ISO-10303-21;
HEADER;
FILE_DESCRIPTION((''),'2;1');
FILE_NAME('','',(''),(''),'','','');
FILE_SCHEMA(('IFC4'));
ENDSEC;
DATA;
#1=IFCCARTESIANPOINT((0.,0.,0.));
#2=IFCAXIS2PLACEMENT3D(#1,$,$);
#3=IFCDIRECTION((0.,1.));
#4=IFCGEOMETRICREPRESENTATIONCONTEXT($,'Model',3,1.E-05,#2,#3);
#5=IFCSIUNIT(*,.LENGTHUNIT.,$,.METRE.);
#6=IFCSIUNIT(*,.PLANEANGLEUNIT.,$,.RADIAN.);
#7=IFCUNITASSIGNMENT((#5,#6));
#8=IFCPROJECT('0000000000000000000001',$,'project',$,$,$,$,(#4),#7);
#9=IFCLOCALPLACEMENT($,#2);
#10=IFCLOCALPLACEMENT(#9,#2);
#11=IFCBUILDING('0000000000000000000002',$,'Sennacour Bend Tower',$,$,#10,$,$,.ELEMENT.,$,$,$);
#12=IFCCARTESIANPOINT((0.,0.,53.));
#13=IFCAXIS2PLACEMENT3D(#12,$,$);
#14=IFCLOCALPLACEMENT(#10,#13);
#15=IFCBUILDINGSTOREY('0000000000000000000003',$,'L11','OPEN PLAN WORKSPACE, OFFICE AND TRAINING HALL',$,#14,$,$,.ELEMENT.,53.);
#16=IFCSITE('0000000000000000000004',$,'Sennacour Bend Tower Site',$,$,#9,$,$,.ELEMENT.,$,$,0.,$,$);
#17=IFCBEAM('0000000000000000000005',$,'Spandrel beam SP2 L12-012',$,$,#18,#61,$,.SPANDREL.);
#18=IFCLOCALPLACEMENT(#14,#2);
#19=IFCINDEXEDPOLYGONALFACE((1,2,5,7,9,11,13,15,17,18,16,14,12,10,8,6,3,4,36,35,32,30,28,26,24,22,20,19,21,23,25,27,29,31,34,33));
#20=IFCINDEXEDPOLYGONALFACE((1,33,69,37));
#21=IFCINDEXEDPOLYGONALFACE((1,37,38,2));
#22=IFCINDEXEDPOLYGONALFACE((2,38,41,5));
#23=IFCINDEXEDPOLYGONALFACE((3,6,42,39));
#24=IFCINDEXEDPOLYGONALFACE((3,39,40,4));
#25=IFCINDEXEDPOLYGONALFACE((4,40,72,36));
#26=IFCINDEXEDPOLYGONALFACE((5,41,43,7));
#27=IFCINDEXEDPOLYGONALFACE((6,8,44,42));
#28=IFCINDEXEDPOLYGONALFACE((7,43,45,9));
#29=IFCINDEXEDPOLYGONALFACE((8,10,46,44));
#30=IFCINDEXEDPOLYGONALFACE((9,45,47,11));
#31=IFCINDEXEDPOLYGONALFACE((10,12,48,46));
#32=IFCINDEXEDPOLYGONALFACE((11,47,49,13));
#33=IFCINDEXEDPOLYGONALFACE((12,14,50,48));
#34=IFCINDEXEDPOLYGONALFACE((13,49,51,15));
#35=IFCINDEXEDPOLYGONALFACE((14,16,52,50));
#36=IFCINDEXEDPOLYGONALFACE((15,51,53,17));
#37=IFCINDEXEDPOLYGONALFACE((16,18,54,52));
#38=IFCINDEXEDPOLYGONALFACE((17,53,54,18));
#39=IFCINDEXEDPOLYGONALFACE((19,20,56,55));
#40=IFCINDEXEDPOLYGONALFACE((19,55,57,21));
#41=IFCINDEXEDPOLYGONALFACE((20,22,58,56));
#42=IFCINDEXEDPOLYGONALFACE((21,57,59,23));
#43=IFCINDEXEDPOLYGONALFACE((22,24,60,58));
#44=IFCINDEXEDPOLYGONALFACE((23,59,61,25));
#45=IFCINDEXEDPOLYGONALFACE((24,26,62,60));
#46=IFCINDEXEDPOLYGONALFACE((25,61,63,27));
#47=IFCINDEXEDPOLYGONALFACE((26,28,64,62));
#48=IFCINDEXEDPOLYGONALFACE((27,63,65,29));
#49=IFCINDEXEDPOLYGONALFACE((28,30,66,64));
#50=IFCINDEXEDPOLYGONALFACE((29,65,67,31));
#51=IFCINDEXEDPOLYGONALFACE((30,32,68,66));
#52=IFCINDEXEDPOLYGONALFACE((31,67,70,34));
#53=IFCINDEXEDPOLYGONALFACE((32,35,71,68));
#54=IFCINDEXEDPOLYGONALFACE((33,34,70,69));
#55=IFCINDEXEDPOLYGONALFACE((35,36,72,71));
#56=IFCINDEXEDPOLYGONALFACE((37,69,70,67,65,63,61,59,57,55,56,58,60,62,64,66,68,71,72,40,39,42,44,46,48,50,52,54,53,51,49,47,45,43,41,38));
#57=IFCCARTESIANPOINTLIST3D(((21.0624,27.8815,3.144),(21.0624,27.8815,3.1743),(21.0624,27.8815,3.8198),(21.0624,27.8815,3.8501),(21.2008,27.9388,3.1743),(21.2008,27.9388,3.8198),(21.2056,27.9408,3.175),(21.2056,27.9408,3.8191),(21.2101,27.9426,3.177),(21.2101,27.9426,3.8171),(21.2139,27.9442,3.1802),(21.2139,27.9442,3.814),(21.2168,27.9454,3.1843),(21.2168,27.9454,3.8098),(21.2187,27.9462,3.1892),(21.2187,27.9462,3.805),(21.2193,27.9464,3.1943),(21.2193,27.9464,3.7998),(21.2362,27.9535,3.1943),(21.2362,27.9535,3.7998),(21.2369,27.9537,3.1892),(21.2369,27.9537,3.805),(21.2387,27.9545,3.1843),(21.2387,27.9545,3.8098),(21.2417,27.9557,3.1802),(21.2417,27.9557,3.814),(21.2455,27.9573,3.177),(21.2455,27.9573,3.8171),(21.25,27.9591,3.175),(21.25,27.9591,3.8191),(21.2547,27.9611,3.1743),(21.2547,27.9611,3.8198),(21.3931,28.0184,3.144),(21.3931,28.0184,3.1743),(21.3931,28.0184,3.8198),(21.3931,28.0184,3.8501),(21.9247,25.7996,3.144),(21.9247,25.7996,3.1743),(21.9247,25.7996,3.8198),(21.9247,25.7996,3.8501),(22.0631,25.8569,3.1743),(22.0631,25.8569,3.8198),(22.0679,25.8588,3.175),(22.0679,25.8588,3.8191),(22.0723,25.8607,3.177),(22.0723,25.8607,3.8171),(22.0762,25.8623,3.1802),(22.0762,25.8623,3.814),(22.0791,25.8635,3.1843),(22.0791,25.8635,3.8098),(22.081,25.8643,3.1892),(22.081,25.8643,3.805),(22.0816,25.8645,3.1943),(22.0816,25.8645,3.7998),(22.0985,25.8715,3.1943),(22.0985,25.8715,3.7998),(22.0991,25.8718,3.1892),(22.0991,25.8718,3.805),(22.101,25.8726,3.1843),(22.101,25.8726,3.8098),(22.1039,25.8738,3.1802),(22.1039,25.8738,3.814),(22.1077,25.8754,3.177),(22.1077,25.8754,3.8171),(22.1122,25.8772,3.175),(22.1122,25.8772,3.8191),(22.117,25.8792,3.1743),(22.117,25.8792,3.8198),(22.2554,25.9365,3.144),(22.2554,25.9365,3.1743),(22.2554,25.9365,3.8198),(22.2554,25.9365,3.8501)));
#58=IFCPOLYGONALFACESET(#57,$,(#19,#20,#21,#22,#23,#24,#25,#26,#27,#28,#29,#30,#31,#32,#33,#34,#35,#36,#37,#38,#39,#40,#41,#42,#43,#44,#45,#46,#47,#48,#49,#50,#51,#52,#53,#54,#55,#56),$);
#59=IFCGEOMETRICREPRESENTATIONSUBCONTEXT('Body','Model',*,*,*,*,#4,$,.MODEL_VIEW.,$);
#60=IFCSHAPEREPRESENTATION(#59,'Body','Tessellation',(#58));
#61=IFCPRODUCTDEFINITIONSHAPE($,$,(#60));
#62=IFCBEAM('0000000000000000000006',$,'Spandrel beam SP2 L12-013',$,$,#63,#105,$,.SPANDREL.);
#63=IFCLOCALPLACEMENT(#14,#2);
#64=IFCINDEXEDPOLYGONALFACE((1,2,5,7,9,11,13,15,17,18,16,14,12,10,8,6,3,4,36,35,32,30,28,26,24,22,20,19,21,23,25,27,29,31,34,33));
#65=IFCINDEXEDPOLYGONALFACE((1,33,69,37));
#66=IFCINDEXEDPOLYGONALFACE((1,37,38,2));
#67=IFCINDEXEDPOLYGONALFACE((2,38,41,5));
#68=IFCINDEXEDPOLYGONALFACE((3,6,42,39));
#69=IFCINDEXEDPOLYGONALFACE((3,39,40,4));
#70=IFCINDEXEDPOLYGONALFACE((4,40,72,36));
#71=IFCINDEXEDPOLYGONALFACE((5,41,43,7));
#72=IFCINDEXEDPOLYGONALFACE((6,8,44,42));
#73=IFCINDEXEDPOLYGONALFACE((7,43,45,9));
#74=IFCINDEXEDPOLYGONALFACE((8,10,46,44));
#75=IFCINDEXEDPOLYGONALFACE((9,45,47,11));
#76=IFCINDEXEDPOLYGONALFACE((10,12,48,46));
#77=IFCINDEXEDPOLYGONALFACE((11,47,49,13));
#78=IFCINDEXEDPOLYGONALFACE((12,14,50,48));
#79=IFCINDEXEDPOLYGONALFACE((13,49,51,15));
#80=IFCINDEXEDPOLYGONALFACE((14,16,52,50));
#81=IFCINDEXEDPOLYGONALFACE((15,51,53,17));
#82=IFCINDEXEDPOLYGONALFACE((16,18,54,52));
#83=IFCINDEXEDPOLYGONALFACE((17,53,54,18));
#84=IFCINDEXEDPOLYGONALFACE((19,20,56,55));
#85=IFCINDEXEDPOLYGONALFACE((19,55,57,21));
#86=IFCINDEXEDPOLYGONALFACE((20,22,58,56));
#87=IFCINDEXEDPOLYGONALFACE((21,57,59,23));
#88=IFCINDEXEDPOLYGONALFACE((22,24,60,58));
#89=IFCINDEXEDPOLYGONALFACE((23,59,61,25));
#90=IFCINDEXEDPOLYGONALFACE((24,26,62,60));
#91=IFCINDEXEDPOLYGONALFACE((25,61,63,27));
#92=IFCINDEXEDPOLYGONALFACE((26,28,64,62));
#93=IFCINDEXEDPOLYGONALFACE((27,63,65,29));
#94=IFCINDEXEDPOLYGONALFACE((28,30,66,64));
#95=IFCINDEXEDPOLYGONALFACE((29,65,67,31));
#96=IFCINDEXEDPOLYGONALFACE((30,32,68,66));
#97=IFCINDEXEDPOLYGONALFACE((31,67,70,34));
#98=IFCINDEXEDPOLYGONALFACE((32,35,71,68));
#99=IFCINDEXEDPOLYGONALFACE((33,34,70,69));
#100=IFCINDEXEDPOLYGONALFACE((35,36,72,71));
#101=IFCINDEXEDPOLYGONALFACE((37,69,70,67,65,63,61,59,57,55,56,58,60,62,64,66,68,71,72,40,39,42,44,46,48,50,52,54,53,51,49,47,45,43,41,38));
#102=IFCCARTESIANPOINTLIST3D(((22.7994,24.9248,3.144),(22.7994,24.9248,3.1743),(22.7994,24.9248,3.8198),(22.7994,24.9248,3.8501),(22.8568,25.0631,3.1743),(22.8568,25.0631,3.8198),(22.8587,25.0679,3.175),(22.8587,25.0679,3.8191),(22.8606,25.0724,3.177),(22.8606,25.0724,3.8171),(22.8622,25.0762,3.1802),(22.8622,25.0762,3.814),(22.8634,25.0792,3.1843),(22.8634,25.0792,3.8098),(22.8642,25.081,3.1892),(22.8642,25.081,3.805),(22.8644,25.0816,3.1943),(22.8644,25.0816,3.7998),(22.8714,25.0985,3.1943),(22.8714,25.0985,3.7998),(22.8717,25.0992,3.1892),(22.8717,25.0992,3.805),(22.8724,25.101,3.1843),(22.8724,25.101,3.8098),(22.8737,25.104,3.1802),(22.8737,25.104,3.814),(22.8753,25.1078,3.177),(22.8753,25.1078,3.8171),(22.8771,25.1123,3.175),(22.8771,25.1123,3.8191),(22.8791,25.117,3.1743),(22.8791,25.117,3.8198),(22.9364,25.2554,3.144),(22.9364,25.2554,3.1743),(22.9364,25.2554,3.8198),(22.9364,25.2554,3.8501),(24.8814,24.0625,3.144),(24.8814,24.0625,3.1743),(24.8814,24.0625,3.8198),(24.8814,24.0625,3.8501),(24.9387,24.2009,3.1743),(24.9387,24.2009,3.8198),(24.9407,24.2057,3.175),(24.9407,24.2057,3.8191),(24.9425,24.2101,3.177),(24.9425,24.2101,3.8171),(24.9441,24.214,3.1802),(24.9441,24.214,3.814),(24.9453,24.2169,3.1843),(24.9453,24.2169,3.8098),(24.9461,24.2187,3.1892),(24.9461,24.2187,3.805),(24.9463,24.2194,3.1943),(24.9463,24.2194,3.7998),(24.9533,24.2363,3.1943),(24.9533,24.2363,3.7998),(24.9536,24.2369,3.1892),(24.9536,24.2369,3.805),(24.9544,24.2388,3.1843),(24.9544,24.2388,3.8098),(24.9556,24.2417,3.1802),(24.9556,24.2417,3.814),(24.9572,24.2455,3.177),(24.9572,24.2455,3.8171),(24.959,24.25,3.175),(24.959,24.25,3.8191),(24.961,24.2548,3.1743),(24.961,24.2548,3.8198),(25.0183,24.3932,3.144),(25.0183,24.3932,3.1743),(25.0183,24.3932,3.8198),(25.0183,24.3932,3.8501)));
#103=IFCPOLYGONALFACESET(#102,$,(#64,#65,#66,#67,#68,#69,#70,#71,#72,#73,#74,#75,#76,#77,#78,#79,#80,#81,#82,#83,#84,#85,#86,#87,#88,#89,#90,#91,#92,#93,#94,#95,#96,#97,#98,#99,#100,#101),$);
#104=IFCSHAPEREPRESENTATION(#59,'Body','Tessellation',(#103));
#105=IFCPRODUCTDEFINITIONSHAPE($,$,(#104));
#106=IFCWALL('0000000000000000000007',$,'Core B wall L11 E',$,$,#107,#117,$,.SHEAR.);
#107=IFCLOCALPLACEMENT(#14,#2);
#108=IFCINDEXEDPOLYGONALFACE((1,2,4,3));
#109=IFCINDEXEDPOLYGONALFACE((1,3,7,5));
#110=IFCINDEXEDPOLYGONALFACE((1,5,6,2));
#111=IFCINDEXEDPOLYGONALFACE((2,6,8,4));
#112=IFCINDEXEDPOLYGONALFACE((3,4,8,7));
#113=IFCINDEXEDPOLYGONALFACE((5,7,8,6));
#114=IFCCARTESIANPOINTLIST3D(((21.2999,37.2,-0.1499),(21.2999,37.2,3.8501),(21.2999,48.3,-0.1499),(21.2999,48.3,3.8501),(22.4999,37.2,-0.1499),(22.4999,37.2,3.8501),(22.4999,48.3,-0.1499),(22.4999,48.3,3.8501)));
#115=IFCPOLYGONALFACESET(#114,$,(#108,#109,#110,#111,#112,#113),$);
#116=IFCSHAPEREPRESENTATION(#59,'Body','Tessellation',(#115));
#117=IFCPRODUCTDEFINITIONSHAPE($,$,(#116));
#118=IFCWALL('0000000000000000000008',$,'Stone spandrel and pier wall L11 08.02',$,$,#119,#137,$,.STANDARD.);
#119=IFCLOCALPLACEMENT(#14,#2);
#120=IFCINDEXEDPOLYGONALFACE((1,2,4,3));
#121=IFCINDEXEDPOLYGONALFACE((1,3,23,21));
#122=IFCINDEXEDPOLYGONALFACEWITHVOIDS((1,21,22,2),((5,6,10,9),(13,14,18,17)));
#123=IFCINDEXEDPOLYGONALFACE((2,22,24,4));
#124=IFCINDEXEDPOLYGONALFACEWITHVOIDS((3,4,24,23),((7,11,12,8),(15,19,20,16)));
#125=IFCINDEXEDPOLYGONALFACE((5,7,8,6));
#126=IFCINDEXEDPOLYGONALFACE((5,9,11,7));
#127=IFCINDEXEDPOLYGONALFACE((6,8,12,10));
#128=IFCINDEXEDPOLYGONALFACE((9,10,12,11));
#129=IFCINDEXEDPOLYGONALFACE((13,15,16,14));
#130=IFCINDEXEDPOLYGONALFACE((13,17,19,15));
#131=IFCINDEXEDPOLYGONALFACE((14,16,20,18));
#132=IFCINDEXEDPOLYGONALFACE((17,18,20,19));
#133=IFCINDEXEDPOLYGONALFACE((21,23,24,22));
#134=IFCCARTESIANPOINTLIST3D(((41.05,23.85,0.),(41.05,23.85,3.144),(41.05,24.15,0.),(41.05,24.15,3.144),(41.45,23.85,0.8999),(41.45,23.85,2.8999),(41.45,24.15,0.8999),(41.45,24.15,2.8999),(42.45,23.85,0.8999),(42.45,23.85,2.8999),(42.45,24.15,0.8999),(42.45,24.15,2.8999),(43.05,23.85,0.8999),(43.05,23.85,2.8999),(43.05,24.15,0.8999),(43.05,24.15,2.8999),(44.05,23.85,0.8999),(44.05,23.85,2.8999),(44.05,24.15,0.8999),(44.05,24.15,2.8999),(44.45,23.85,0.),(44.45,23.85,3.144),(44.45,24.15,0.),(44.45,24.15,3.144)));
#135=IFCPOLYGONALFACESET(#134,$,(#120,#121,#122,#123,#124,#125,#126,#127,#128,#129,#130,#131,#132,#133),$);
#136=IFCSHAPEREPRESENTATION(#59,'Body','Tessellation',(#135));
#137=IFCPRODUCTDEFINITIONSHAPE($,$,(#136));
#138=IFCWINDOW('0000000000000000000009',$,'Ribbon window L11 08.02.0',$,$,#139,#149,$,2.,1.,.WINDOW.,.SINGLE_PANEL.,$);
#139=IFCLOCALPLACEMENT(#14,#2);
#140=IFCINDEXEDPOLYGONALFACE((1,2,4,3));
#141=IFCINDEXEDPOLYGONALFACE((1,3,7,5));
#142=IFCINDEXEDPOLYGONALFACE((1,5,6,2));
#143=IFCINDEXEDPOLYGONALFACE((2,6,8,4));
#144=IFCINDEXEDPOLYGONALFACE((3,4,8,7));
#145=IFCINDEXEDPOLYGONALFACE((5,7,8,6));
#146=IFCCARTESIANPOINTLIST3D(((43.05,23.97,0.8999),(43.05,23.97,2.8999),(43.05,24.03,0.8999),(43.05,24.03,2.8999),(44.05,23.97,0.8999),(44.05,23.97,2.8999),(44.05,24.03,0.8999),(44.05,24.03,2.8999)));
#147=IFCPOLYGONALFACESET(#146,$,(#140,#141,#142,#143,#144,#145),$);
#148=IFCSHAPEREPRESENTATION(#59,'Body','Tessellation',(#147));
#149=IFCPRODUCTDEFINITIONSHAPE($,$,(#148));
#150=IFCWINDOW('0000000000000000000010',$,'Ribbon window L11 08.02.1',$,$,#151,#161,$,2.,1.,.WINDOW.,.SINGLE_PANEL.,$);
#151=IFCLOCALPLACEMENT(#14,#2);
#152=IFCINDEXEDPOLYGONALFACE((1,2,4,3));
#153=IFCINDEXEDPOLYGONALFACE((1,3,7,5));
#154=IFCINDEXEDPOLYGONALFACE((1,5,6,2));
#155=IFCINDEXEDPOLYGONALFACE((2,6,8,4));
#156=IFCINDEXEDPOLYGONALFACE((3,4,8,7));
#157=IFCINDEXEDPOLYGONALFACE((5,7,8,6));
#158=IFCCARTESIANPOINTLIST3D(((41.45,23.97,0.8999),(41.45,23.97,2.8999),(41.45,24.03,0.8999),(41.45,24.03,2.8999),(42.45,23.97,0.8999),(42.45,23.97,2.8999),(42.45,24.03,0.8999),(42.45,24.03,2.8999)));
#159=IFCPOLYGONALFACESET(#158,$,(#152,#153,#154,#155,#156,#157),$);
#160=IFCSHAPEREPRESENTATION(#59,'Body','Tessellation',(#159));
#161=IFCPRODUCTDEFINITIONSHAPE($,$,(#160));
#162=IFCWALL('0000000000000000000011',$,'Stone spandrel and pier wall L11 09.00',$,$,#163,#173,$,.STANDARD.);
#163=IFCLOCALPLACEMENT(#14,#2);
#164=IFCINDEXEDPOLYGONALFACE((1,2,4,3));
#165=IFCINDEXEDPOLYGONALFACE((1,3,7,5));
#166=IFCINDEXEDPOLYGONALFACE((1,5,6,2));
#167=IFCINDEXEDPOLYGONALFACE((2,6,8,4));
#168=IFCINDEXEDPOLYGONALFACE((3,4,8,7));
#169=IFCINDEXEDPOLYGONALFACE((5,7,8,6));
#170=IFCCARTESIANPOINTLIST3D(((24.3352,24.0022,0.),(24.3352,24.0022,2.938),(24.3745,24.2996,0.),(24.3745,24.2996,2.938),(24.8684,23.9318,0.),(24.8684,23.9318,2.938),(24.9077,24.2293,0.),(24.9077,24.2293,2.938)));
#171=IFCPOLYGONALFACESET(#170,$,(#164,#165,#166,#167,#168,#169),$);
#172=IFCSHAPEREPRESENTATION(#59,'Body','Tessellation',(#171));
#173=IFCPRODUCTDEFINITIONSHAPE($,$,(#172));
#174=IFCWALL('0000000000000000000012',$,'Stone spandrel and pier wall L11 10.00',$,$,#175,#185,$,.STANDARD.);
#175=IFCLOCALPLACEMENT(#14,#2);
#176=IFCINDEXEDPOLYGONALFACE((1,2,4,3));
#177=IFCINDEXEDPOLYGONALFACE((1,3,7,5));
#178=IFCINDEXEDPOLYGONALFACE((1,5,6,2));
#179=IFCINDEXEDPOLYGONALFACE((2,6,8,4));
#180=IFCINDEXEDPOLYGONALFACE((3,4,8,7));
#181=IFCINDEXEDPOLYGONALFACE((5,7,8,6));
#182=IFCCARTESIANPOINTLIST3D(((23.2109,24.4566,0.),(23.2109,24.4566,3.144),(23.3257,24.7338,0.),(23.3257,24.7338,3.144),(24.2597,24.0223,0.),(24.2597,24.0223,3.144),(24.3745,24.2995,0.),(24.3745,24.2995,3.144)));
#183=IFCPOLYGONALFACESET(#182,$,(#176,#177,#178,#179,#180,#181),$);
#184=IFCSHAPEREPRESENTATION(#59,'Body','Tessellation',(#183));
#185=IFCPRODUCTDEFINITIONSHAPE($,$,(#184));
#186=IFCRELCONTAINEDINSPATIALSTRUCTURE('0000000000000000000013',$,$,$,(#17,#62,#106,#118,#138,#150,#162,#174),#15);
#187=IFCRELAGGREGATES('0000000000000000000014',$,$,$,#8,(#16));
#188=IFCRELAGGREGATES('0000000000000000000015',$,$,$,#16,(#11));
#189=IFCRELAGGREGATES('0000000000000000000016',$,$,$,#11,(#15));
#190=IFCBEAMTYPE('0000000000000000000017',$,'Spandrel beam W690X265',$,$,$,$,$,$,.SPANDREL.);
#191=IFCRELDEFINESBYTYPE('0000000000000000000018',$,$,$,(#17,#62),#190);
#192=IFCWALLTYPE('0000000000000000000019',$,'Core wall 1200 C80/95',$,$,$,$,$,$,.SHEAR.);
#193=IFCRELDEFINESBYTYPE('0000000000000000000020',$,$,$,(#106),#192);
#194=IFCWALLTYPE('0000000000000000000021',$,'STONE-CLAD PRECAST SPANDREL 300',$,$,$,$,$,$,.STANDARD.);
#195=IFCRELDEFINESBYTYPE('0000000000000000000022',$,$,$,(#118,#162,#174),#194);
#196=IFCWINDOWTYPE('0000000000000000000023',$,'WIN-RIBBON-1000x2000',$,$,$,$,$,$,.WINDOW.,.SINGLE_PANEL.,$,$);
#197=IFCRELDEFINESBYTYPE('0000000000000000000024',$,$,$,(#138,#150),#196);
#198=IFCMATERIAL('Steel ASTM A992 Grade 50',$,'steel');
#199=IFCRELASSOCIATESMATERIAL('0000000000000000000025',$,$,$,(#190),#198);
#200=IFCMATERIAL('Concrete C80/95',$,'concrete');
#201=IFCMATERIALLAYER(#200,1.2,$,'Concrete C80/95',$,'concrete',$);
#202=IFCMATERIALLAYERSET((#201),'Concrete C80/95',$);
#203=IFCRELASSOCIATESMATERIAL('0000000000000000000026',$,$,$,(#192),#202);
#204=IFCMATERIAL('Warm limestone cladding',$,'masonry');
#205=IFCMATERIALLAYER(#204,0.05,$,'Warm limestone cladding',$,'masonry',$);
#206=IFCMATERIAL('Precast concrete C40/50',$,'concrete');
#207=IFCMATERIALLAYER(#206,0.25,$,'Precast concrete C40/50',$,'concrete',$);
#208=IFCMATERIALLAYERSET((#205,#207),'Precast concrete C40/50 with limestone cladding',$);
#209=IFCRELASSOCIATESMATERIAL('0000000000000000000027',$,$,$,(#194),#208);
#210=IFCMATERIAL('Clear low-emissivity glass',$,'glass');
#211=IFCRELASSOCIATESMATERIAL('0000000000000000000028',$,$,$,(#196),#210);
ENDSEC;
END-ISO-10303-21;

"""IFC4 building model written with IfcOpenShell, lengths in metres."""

from ifc_helpers import new_model, si_unit, direction, frame, frame_2d, origin, origin_2d, place, context, subcontext, project, spatial, rectangle, i_section, extrude, material, layer, layer_set, material_profile, profile_set, type_object, element, fill, save


model = new_model("IFC4")

# Units and contexts
model_context = context("Model", 3, precision=1e-05, world=origin(), true_north=direction((0.0, 1.0)))
body_context = subcontext(model_context, "Body", "Model", "MODEL_VIEW")
ifc_project = project(units=[si_unit("LENGTHUNIT", "METRE"), si_unit("PLANEANGLEUNIT", "RADIAN")], contexts=[model_context])

# Site, building, storey
site_placement = place(None, origin())
site = spatial("IfcSite", under=ifc_project, at=site_placement, Name="Sennacour Bend Tower Site", CompositionType="ELEMENT", RefElevation=0.0)
building_placement = place(site_placement, origin())
building = spatial("IfcBuilding", under=site, at=building_placement, Name="Sennacour Bend Tower", CompositionType="ELEMENT")
storey_placement = place(building_placement, frame((0.0, 0.0, 53.0)))
storey = spatial("IfcBuildingStorey", under=building, at=storey_placement, Name="L11", Description="OPEN PLAN WORKSPACE, OFFICE AND TRAINING HALL", CompositionType="ELEMENT", Elevation=53.0)

# Beams
ifc_material_1 = material(Name="Steel ASTM A992 Grade 50", Category="steel")
ifc_material_profile_1 = material_profile(ifc_material_1, i_section(OverallWidth=0.3579, OverallDepth=0.7061, WebThickness=0.0183, FlangeThickness=0.0303, FilletRadius=0.02, at=origin_2d()), Name="Steel ASTM A992 Grade 50", Category="steel")
ifc_profile_set_1 = profile_set([ifc_material_profile_1], Name="Steel ASTM A992 Grade 50")
beam_type = type_object("IfcBeamType", Name="Spandrel beam W690X265", PredefinedType="SPANDREL", material=ifc_profile_set_1)
for number, where, z_axis, x_axis, name in (
    (1, (21.2278, 27.95, 3.4971), (0.382645, -0.923895, 0.0), (0.923895, 0.382645, 0.0), "Spandrel beam SP2 L12-012"),
    (2, (22.8679, 25.0901, 3.4971), (0.923895, -0.382645, 0.0), (0.382645, 0.923895, 0.0), "Spandrel beam SP2 L12-013"),
):
    element("IfcBeam", number, at=place(storey_placement, frame(where, z_axis=z_axis, x_axis=x_axis)), inside=storey, type_object=beam_type, Name=name, PredefinedType="SPANDREL", context=body_context, shape_type="SweptSolid", body=[
        extrude(i_section(OverallWidth=0.3579, OverallDepth=0.7061, WebThickness=0.0183, FlangeThickness=0.0303, FilletRadius=0.02, at=origin_2d()), origin(), (0.0, 0.0, 1.0), 2.2534),
    ])

# Wall
ifc_material_2 = material(Name="Concrete C80/95", Category="concrete")
ifc_layer_1 = layer(ifc_material_2, 1.2, Name="Concrete C80/95", Category="concrete")
ifc_layer_set_1 = layer_set([ifc_layer_1], Name="Concrete C80/95")
wall_type_1 = type_object("IfcWallType", Name="Core wall 1200 C80/95", PredefinedType="SHEAR", material=ifc_layer_set_1)
wall_1_placement = place(storey_placement, frame((21.8999, 37.2, -0.1499), z_axis=(0.0, 0.0, 1.0), x_axis=(0.0, 1.0, 0.0)))
element("IfcWall", 3, at=wall_1_placement, inside=storey, type_object=wall_type_1, Name="Core B wall L11 E", PredefinedType="SHEAR", context=body_context, shape_type="SweptSolid", body=[
    extrude(rectangle(XDim=11.1001, YDim=1.2, at=frame_2d((5.55, 0.0))), origin(), (0.0, 0.0, 1.0), 4.0),
])

# Wall, openings, windows
ifc_material_3 = material(Name="Warm limestone cladding", Category="masonry")
ifc_layer_2 = layer(ifc_material_3, 0.05, Name="Warm limestone cladding", Category="masonry")
ifc_material_4 = material(Name="Precast concrete C40/50", Category="concrete")
ifc_layer_3 = layer(ifc_material_4, 0.25, Name="Precast concrete C40/50", Category="concrete")
ifc_layer_set_2 = layer_set([ifc_layer_2, ifc_layer_3], Name="Precast concrete C40/50 with limestone cladding")
wall_type_2 = type_object("IfcWallType", Name="STONE-CLAD PRECAST SPANDREL 300", PredefinedType="STANDARD", material=ifc_layer_set_2)
wall_2_placement = place(storey_placement, frame((44.45, 24.0, 0.0), z_axis=(0.0, 0.0, 1.0), x_axis=(-1.0, 0.0, 0.0)))
wall_2 = element("IfcWall", 4, at=wall_2_placement, inside=storey, type_object=wall_type_2, Name="Stone spandrel and pier wall L11 08.02", PredefinedType="STANDARD", context=body_context, shape_type="SweptSolid", body=[
    extrude(rectangle(XDim=3.3999, YDim=0.3, at=frame_2d((1.7, 0.0))), origin(), (0.0, 0.0, 1.0), 3.144),
])
opening_1_placement = place(wall_2_placement, frame((0.3999, 0.0, 0.8999)))
opening_1 = element("IfcOpeningElement", 5, at=opening_1_placement, cuts=wall_2, PredefinedType="OPENING", context=body_context, shape_type="SweptSolid", body=[
    extrude(rectangle(XDim=1.0, YDim=2.0, at=frame_2d((0.5, 1.0))), frame((0.0, 0.1602, 0.0), z_axis=(0.0, -1.0, 0.0), x_axis=(1.0, 0.0, 0.0)), (0.0, 0.0, 1.0), 0.3201),
])
opening_2_placement = place(wall_2_placement, frame((2.0, 0.0, 0.8999)))
opening_2 = element("IfcOpeningElement", 6, at=opening_2_placement, cuts=wall_2, PredefinedType="OPENING", context=body_context, shape_type="SweptSolid", body=[
    extrude(rectangle(XDim=1.0, YDim=2.0, at=frame_2d((0.5, 1.0))), frame((0.0, 0.1602, 0.0), z_axis=(0.0, -1.0, 0.0), x_axis=(1.0, 0.0, 0.0)), (0.0, 0.0, 1.0), 0.3201),
])
ifc_material_5 = material(Name="Clear low-emissivity glass", Category="glass")
window_type_1 = type_object("IfcWindowType", Name="WIN-RIBBON-1000x2000", PartitioningType="SINGLE_PANEL", PredefinedType="WINDOW", material=ifc_material_5)
window_1_placement = place(opening_1_placement, origin())
window_1 = element("IfcWindow", 7, at=window_1_placement, inside=storey, type_object=window_type_1, Name="Ribbon window L11 08.02.0", OverallHeight=2.0, OverallWidth=1.0, PartitioningType="SINGLE_PANEL", PredefinedType="WINDOW", context=body_context, shape_type="SweptSolid", body=[
    extrude(rectangle(XDim=1.0, YDim=2.0, at=frame_2d((0.5, 1.0))), frame((0.0, 0.03, 0.0), z_axis=(0.0, -1.0, 0.0), x_axis=(1.0, 0.0, 0.0)), (0.0, 0.0, 1.0), 0.0601),
])
fill(opening_1, window_1)
window_2_placement = place(opening_2_placement, origin())
window_2 = element("IfcWindow", 8, at=window_2_placement, inside=storey, type_object=window_type_1, Name="Ribbon window L11 08.02.1", OverallHeight=2.0, OverallWidth=1.0, PartitioningType="SINGLE_PANEL", PredefinedType="WINDOW", context=body_context, shape_type="SweptSolid", body=[
    extrude(rectangle(XDim=1.0, YDim=2.0, at=frame_2d((0.5, 1.0))), frame((0.0, 0.03, 0.0), z_axis=(0.0, -1.0, 0.0), x_axis=(1.0, 0.0, 0.0)), (0.0, 0.0, 1.0), 0.0601),
])
fill(opening_2, window_2)

# Walls
wall_3_placement = place(storey_placement, frame((24.8882, 24.0806, 0.0), z_axis=(0.0, 0.0, 1.0), x_axis=(-0.991417, 0.130736, 0.0)))
element("IfcWall", 9, at=wall_3_placement, inside=storey, type_object=wall_type_2, Name="Stone spandrel and pier wall L11 09.00", PredefinedType="STANDARD", context=body_context, shape_type="SweptSolid", body=[
    extrude(rectangle(XDim=0.5378, YDim=0.3, at=frame_2d((0.269, 0.0))), origin(), (0.0, 0.0, 1.0), 2.938),
])
wall_4_placement = place(storey_placement, frame((24.3171, 24.1609, 0.0), z_axis=(0.0, 0.0, 1.0), x_axis=(-0.923915, 0.382599, 0.0)))
element("IfcWall", 10, at=wall_4_placement, inside=storey, type_object=wall_type_2, Name="Stone spandrel and pier wall L11 10.00", PredefinedType="STANDARD", context=body_context, shape_type="SweptSolid", body=[
    extrude(rectangle(XDim=1.1353, YDim=0.3, at=frame_2d((0.5676, 0.0))), origin(), (0.0, 0.0, 1.0), 3.144),
])

save(model, "model.ifc")
